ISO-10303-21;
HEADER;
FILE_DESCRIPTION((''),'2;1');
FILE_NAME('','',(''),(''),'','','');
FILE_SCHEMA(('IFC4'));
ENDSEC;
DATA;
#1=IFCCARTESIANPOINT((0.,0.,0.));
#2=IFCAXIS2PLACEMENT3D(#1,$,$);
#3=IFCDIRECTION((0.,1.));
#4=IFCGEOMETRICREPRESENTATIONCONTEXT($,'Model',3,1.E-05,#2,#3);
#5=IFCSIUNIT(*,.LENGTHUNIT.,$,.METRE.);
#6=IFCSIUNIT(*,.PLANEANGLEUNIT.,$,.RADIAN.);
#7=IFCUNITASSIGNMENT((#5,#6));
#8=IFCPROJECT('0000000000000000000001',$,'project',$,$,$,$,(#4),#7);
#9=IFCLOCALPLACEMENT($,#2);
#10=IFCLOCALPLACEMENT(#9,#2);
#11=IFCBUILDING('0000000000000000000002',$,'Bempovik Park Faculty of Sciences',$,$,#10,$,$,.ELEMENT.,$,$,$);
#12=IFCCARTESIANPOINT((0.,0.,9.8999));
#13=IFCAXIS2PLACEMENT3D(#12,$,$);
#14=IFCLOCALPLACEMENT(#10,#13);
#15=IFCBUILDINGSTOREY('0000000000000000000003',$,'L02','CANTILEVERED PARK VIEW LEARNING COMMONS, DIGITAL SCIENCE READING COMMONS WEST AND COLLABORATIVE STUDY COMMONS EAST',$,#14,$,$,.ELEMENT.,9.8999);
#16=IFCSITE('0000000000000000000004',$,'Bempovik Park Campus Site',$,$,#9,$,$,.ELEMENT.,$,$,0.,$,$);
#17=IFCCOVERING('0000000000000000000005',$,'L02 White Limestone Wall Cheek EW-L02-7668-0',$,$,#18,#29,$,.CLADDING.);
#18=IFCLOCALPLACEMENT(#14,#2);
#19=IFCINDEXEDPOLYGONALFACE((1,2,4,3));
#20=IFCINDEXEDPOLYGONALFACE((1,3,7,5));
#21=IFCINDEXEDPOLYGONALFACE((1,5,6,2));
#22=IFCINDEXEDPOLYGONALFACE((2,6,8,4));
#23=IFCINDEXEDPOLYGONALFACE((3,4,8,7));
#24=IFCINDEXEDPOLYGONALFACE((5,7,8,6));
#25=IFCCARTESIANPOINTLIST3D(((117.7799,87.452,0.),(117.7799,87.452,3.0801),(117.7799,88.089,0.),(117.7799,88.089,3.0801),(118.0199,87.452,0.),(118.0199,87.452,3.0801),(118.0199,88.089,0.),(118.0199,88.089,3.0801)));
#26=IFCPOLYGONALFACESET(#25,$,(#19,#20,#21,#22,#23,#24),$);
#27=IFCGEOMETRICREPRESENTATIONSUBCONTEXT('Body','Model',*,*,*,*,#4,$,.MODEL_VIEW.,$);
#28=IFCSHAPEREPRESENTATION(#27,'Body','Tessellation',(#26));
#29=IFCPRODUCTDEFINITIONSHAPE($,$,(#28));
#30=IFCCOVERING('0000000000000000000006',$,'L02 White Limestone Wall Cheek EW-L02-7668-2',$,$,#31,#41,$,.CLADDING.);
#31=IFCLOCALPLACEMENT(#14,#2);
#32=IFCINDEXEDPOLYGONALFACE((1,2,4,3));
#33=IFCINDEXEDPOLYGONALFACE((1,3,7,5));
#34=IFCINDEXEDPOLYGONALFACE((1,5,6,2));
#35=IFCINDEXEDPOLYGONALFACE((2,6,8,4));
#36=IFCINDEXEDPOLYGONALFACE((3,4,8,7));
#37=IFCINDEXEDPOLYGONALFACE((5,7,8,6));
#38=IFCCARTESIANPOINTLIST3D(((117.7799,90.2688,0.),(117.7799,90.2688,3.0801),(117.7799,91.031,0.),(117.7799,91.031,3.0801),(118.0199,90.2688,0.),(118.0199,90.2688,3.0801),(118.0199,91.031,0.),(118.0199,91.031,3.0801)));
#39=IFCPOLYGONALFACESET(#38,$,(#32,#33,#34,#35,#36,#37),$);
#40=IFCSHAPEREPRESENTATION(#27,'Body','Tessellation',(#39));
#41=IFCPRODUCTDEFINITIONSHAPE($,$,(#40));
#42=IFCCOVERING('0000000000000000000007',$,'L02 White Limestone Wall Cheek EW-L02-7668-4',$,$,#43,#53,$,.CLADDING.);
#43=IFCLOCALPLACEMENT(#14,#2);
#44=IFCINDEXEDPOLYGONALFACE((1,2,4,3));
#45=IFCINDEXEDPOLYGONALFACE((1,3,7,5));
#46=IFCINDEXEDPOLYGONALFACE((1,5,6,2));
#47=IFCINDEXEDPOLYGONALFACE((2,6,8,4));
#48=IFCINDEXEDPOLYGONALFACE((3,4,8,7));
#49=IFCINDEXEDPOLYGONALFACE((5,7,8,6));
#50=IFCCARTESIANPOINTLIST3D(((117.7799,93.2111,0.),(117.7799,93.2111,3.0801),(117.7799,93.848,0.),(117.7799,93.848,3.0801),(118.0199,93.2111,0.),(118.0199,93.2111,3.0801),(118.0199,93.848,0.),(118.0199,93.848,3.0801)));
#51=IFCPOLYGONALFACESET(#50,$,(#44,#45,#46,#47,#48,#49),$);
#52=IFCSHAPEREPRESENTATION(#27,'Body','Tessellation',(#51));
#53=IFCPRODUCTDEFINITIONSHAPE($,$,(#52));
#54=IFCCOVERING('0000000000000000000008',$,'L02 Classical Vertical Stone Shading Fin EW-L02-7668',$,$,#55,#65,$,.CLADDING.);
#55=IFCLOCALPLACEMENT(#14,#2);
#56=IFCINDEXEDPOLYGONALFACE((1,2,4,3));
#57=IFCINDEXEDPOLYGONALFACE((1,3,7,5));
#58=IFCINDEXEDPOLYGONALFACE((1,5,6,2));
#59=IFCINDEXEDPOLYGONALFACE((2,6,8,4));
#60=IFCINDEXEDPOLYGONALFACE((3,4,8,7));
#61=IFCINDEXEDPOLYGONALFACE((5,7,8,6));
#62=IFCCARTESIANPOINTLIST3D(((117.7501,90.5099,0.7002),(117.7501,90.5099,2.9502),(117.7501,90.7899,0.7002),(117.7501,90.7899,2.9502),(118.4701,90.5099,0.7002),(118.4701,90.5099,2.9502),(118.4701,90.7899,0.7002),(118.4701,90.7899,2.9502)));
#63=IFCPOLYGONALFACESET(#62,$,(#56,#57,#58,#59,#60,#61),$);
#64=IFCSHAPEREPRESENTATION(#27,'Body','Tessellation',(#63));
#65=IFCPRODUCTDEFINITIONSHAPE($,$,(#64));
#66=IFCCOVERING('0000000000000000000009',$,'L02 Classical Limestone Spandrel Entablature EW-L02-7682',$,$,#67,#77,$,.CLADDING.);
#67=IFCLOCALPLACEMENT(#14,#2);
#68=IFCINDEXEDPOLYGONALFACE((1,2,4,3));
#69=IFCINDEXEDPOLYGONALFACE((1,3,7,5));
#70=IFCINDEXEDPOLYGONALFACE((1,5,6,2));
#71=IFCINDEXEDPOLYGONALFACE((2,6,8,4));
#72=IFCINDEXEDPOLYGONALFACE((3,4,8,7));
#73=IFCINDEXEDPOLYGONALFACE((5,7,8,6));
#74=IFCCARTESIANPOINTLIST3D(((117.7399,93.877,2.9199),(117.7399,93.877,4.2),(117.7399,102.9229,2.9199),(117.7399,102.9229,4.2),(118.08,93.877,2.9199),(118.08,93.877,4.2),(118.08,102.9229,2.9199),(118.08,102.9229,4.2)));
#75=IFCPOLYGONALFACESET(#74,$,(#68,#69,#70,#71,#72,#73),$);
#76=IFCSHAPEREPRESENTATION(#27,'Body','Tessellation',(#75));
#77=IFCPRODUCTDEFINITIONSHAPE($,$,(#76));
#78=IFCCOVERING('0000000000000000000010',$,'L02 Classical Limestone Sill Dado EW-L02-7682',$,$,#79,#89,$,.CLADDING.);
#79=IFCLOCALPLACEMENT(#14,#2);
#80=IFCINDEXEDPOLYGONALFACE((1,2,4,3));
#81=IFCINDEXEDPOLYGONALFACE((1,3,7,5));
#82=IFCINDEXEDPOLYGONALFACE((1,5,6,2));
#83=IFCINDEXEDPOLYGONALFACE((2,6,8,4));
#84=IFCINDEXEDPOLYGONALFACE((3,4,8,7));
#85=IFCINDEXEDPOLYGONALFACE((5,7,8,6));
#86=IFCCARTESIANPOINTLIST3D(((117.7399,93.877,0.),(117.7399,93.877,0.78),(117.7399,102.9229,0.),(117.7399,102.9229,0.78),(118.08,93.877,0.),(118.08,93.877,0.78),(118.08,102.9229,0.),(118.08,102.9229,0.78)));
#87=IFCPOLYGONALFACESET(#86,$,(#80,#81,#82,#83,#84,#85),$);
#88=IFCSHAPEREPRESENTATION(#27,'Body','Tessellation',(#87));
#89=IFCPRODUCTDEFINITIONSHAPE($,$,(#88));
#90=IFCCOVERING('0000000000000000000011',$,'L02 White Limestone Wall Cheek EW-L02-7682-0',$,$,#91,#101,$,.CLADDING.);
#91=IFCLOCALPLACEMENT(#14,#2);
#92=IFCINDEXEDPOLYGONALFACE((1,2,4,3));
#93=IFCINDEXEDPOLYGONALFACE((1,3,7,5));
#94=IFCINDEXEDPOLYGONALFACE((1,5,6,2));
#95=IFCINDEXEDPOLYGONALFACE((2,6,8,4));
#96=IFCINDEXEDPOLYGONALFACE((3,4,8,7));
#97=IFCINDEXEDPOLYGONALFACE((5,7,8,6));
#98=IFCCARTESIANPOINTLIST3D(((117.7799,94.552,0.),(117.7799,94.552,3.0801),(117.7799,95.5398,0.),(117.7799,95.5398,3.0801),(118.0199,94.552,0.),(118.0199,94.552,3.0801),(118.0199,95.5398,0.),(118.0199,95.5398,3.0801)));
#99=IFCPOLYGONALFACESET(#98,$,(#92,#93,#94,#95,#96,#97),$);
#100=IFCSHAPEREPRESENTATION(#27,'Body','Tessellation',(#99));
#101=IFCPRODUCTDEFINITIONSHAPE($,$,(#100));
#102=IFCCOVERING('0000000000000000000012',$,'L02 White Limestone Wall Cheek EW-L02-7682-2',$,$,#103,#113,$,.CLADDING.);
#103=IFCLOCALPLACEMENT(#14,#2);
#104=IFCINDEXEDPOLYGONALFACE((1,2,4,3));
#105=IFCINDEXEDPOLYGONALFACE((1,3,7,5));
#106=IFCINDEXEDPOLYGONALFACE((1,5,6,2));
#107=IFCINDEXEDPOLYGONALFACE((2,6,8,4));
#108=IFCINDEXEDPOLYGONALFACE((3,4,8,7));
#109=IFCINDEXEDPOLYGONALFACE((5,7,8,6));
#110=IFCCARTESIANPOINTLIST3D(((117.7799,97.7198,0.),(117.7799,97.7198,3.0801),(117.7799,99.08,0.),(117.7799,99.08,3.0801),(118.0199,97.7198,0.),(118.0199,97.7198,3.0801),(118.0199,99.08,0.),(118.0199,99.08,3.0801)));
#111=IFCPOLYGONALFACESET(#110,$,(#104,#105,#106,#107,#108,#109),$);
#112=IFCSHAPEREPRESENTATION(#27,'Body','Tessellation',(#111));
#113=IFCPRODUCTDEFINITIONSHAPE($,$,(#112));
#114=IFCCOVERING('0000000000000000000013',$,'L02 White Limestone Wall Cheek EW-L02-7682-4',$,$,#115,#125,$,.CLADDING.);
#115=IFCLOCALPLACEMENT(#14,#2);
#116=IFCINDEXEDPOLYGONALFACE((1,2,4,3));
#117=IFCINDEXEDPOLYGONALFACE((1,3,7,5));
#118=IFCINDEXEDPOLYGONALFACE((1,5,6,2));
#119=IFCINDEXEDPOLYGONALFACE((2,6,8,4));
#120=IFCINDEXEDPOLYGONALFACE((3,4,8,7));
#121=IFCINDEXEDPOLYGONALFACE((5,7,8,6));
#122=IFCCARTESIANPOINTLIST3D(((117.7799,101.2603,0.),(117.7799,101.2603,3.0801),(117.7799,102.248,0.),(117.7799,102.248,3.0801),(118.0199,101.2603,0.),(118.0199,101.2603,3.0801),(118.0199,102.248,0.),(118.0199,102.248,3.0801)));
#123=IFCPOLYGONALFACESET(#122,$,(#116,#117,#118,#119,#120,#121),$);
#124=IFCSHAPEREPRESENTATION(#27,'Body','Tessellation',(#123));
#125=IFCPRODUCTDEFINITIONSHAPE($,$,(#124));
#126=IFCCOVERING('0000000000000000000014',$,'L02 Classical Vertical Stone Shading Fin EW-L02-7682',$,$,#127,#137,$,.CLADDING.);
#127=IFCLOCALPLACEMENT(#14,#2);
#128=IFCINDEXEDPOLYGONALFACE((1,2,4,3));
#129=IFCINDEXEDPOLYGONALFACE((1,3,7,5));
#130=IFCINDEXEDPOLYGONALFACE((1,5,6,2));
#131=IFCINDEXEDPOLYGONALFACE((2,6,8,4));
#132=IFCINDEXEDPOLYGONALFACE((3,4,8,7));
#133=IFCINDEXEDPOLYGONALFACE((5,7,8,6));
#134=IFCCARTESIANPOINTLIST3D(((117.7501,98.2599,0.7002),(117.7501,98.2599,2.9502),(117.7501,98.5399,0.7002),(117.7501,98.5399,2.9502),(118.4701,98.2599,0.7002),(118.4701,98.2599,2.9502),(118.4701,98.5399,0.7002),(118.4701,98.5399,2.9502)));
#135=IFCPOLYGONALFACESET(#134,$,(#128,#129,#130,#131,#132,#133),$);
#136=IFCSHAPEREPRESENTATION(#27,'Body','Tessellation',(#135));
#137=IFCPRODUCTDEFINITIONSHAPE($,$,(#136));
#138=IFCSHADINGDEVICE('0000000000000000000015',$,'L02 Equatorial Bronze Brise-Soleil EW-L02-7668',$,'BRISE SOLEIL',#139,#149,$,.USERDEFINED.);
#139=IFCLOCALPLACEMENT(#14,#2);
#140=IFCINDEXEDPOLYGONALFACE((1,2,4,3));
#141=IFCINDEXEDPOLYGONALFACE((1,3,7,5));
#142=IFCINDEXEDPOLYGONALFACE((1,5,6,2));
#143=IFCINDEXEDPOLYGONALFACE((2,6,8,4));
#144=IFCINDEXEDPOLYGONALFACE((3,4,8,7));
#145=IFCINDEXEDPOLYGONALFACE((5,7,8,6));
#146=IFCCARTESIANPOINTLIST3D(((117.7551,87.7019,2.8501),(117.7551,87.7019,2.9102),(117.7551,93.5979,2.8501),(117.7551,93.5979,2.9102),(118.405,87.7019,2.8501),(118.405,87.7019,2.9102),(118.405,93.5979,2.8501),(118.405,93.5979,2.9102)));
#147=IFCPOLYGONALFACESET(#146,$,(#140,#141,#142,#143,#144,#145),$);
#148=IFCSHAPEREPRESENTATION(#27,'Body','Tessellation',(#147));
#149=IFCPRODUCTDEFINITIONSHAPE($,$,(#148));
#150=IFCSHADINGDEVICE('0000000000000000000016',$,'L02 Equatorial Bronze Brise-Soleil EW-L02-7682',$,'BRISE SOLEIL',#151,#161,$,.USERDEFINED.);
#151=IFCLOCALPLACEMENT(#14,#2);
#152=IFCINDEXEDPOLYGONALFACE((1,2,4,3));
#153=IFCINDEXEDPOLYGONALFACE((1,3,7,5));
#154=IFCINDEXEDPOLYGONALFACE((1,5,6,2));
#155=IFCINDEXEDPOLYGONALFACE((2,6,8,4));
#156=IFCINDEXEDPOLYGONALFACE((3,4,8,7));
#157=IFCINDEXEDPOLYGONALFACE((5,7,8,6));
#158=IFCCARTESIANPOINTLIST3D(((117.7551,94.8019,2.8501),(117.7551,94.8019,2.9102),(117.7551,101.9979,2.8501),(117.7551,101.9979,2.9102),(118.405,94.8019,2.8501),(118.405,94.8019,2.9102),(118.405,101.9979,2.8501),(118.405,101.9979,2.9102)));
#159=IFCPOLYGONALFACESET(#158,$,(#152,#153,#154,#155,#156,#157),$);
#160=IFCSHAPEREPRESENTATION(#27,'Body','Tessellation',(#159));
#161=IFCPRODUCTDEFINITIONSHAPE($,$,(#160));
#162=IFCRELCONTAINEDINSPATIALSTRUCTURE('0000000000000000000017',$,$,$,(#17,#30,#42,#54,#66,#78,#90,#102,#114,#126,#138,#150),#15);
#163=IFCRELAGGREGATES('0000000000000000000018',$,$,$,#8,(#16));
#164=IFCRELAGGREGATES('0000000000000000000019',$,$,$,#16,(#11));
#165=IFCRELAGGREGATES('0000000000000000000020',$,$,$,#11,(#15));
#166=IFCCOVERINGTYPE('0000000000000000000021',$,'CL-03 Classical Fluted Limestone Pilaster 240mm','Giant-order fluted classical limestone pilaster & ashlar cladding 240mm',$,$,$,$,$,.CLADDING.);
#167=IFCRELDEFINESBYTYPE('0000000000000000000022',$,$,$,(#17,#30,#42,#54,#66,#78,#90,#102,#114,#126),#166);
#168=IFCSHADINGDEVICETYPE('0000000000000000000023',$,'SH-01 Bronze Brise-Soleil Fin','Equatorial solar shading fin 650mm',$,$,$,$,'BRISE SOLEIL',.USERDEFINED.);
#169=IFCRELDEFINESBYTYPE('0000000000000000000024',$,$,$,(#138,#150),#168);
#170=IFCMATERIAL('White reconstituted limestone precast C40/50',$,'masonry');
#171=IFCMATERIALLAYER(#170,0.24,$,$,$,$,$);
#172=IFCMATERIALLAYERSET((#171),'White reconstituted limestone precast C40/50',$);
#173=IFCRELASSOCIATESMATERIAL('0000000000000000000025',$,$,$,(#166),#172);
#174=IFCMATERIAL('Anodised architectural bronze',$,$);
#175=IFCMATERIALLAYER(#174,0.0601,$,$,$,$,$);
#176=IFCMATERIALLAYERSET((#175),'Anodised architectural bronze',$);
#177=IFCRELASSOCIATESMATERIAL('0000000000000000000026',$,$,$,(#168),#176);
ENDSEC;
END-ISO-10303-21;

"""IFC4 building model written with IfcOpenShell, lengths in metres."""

from ifc_helpers import new_model, si_unit, direction, frame, origin, origin_2d, place, context, subcontext, project, spatial, rectangle, extrude, material, layer, layer_set, type_object, element, save


model = new_model("IFC4")

# Units and contexts
model_context = context("Model", 3, precision=1e-05, world=origin(), true_north=direction((0.0, 1.0)))
body_context = subcontext(model_context, "Body", "Model", "MODEL_VIEW")
ifc_project = project(units=[si_unit("LENGTHUNIT", "METRE"), si_unit("PLANEANGLEUNIT", "RADIAN")], contexts=[model_context])

# Site, building, storey
site_placement = place(None, origin())
site = spatial("IfcSite", under=ifc_project, at=site_placement, Name="Bempovik Park Campus Site", CompositionType="ELEMENT", RefElevation=0.0)
building_placement = place(site_placement, origin())
building = spatial("IfcBuilding", under=site, at=building_placement, Name="Bempovik Park Faculty of Sciences", CompositionType="ELEMENT")
storey_placement = place(building_placement, frame((0.0, 0.0, 9.8999)))
storey = spatial("IfcBuildingStorey", under=building, at=storey_placement, Name="L02", Description="CANTILEVERED PARK VIEW LEARNING COMMONS, DIGITAL SCIENCE READING COMMONS WEST AND COLLABORATIVE STUDY COMMONS EAST", CompositionType="ELEMENT", Elevation=9.8999)

# Coverings
ifc_material_1 = material(Name="White reconstituted limestone precast C40/50", Category="masonry")
ifc_layer_1 = layer(ifc_material_1, 0.24)
ifc_layer_set_1 = layer_set([ifc_layer_1], Name="White reconstituted limestone precast C40/50")
covering_type_1 = type_object("IfcCoveringType", Name="CL-03 Classical Fluted Limestone Pilaster 240mm", Description="Giant-order fluted classical limestone pilaster & ashlar cladding 240mm", PredefinedType="CLADDING", material=ifc_layer_set_1)
covering_1_placement = place(storey_placement, frame((117.8999, 87.7705, 0.0), z_axis=(0.0, 0.0, 1.0), x_axis=(1.0, 0.0, 0.0)))
element("IfcCovering", 1, at=covering_1_placement, inside=storey, type_object=covering_type_1, Name="L02 White Limestone Wall Cheek EW-L02-7668-0", PredefinedType="CLADDING", context=body_context, shape_type="SweptSolid", body=[
    extrude(rectangle(XDim=0.24, YDim=0.637, at=origin_2d()), origin(), (0.0, 0.0, 1.0), 3.0801),
])
covering_2_placement = place(storey_placement, frame((117.8999, 90.6499, 0.0), z_axis=(0.0, 0.0, 1.0), x_axis=(1.0, 0.0, 0.0)))
element("IfcCovering", 2, at=covering_2_placement, inside=storey, type_object=covering_type_1, Name="L02 White Limestone Wall Cheek EW-L02-7668-2", PredefinedType="CLADDING", context=body_context, shape_type="SweptSolid", body=[
    extrude(rectangle(XDim=0.24, YDim=0.7622, at=origin_2d()), origin(), (0.0, 0.0, 1.0), 3.0801),
])
covering_3_placement = place(storey_placement, frame((117.8999, 93.5295, 0.0), z_axis=(0.0, 0.0, 1.0), x_axis=(1.0, 0.0, 0.0)))
element("IfcCovering", 3, at=covering_3_placement, inside=storey, type_object=covering_type_1, Name="L02 White Limestone Wall Cheek EW-L02-7668-4", PredefinedType="CLADDING", context=body_context, shape_type="SweptSolid", body=[
    extrude(rectangle(XDim=0.24, YDim=0.637, at=origin_2d()), origin(), (0.0, 0.0, 1.0), 3.0801),
])
covering_4_placement = place(storey_placement, frame((118.1101, 90.6499, 0.7002), z_axis=(0.0, 0.0, 1.0), x_axis=(1.0, 0.0, 0.0)))
element("IfcCovering", 4, at=covering_4_placement, inside=storey, type_object=covering_type_1, Name="L02 Classical Vertical Stone Shading Fin EW-L02-7668", PredefinedType="CLADDING", context=body_context, shape_type="SweptSolid", body=[
    extrude(rectangle(XDim=0.72, YDim=0.28, at=origin_2d()), origin(), (0.0, 0.0, 1.0), 2.25),
])
covering_5_placement = place(storey_placement, frame((117.9099, 98.3999, 2.9199), z_axis=(0.0, 0.0, 1.0), x_axis=(1.0, 0.0, 0.0)))
element("IfcCovering", 5, at=covering_5_placement, inside=storey, type_object=covering_type_1, Name="L02 Classical Limestone Spandrel Entablature EW-L02-7682", PredefinedType="CLADDING", context=body_context, shape_type="SweptSolid", body=[
    extrude(rectangle(XDim=0.3401, YDim=9.0459, at=origin_2d()), origin(), (0.0, 0.0, 1.0), 1.28),
])
covering_6_placement = place(storey_placement, frame((117.9099, 98.3999, 0.0), z_axis=(0.0, 0.0, 1.0), x_axis=(1.0, 0.0, 0.0)))
element("IfcCovering", 6, at=covering_6_placement, inside=storey, type_object=covering_type_1, Name="L02 Classical Limestone Sill Dado EW-L02-7682", PredefinedType="CLADDING", context=body_context, shape_type="SweptSolid", body=[
    extrude(rectangle(XDim=0.3401, YDim=9.0459, at=origin_2d()), origin(), (0.0, 0.0, 1.0), 0.78),
])
covering_7_placement = place(storey_placement, frame((117.8999, 95.0459, 0.0), z_axis=(0.0, 0.0, 1.0), x_axis=(1.0, 0.0, 0.0)))
element("IfcCovering", 7, at=covering_7_placement, inside=storey, type_object=covering_type_1, Name="L02 White Limestone Wall Cheek EW-L02-7682-0", PredefinedType="CLADDING", context=body_context, shape_type="SweptSolid", body=[
    extrude(rectangle(XDim=0.24, YDim=0.9878, at=origin_2d()), origin(), (0.0, 0.0, 1.0), 3.0801),
])
covering_8_placement = place(storey_placement, frame((117.8999, 98.3999, 0.0), z_axis=(0.0, 0.0, 1.0), x_axis=(1.0, 0.0, 0.0)))
element("IfcCovering", 8, at=covering_8_placement, inside=storey, type_object=covering_type_1, Name="L02 White Limestone Wall Cheek EW-L02-7682-2", PredefinedType="CLADDING", context=body_context, shape_type="SweptSolid", body=[
    extrude(rectangle(XDim=0.24, YDim=1.3601, at=origin_2d()), origin(), (0.0, 0.0, 1.0), 3.0801),
])
covering_9_placement = place(storey_placement, frame((117.8999, 101.7542, 0.0), z_axis=(0.0, 0.0, 1.0), x_axis=(1.0, 0.0, 0.0)))
element("IfcCovering", 9, at=covering_9_placement, inside=storey, type_object=covering_type_1, Name="L02 White Limestone Wall Cheek EW-L02-7682-4", PredefinedType="CLADDING", context=body_context, shape_type="SweptSolid", body=[
    extrude(rectangle(XDim=0.24, YDim=0.9878, at=origin_2d()), origin(), (0.0, 0.0, 1.0), 3.0801),
])
covering_10_placement = place(storey_placement, frame((118.1101, 98.3999, 0.7002), z_axis=(0.0, 0.0, 1.0), x_axis=(1.0, 0.0, 0.0)))
element("IfcCovering", 10, at=covering_10_placement, inside=storey, type_object=covering_type_1, Name="L02 Classical Vertical Stone Shading Fin EW-L02-7682", PredefinedType="CLADDING", context=body_context, shape_type="SweptSolid", body=[
    extrude(rectangle(XDim=0.72, YDim=0.28, at=origin_2d()), origin(), (0.0, 0.0, 1.0), 2.25),
])

# Shading devices
ifc_material_2 = material(Name="Anodised architectural bronze")
ifc_layer_2 = layer(ifc_material_2, 0.0601)
ifc_layer_set_2 = layer_set([ifc_layer_2], Name="Anodised architectural bronze")
shading_device_type = type_object("IfcShadingDeviceType", Name="SH-01 Bronze Brise-Soleil Fin", Description="Equatorial solar shading fin 650mm", ElementType="BRISE SOLEIL", PredefinedType="USERDEFINED", material=ifc_layer_set_2)
shading_device_1_placement = place(storey_placement, frame((118.0801, 90.6499, 2.8501), z_axis=(0.0, 0.0, 1.0), x_axis=(1.0, 0.0, 0.0)))
element("IfcShadingDevice", 11, at=shading_device_1_placement, inside=storey, type_object=shading_device_type, Name="L02 Equatorial Bronze Brise-Soleil EW-L02-7668", ObjectType="BRISE SOLEIL", PredefinedType="USERDEFINED", context=body_context, shape_type="SweptSolid", body=[
    extrude(rectangle(XDim=0.6499, YDim=5.896, at=origin_2d()), origin(), (0.0, 0.0, 1.0), 0.0601),
])
shading_device_2_placement = place(storey_placement, frame((118.0801, 98.3999, 2.8501), z_axis=(0.0, 0.0, 1.0), x_axis=(1.0, 0.0, 0.0)))
element("IfcShadingDevice", 12, at=shading_device_2_placement, inside=storey, type_object=shading_device_type, Name="L02 Equatorial Bronze Brise-Soleil EW-L02-7682", ObjectType="BRISE SOLEIL", PredefinedType="USERDEFINED", context=body_context, shape_type="SweptSolid", body=[
    extrude(rectangle(XDim=0.6499, YDim=7.196, at=origin_2d()), origin(), (0.0, 0.0, 1.0), 0.0601),
])

save(model, "model.ifc")
